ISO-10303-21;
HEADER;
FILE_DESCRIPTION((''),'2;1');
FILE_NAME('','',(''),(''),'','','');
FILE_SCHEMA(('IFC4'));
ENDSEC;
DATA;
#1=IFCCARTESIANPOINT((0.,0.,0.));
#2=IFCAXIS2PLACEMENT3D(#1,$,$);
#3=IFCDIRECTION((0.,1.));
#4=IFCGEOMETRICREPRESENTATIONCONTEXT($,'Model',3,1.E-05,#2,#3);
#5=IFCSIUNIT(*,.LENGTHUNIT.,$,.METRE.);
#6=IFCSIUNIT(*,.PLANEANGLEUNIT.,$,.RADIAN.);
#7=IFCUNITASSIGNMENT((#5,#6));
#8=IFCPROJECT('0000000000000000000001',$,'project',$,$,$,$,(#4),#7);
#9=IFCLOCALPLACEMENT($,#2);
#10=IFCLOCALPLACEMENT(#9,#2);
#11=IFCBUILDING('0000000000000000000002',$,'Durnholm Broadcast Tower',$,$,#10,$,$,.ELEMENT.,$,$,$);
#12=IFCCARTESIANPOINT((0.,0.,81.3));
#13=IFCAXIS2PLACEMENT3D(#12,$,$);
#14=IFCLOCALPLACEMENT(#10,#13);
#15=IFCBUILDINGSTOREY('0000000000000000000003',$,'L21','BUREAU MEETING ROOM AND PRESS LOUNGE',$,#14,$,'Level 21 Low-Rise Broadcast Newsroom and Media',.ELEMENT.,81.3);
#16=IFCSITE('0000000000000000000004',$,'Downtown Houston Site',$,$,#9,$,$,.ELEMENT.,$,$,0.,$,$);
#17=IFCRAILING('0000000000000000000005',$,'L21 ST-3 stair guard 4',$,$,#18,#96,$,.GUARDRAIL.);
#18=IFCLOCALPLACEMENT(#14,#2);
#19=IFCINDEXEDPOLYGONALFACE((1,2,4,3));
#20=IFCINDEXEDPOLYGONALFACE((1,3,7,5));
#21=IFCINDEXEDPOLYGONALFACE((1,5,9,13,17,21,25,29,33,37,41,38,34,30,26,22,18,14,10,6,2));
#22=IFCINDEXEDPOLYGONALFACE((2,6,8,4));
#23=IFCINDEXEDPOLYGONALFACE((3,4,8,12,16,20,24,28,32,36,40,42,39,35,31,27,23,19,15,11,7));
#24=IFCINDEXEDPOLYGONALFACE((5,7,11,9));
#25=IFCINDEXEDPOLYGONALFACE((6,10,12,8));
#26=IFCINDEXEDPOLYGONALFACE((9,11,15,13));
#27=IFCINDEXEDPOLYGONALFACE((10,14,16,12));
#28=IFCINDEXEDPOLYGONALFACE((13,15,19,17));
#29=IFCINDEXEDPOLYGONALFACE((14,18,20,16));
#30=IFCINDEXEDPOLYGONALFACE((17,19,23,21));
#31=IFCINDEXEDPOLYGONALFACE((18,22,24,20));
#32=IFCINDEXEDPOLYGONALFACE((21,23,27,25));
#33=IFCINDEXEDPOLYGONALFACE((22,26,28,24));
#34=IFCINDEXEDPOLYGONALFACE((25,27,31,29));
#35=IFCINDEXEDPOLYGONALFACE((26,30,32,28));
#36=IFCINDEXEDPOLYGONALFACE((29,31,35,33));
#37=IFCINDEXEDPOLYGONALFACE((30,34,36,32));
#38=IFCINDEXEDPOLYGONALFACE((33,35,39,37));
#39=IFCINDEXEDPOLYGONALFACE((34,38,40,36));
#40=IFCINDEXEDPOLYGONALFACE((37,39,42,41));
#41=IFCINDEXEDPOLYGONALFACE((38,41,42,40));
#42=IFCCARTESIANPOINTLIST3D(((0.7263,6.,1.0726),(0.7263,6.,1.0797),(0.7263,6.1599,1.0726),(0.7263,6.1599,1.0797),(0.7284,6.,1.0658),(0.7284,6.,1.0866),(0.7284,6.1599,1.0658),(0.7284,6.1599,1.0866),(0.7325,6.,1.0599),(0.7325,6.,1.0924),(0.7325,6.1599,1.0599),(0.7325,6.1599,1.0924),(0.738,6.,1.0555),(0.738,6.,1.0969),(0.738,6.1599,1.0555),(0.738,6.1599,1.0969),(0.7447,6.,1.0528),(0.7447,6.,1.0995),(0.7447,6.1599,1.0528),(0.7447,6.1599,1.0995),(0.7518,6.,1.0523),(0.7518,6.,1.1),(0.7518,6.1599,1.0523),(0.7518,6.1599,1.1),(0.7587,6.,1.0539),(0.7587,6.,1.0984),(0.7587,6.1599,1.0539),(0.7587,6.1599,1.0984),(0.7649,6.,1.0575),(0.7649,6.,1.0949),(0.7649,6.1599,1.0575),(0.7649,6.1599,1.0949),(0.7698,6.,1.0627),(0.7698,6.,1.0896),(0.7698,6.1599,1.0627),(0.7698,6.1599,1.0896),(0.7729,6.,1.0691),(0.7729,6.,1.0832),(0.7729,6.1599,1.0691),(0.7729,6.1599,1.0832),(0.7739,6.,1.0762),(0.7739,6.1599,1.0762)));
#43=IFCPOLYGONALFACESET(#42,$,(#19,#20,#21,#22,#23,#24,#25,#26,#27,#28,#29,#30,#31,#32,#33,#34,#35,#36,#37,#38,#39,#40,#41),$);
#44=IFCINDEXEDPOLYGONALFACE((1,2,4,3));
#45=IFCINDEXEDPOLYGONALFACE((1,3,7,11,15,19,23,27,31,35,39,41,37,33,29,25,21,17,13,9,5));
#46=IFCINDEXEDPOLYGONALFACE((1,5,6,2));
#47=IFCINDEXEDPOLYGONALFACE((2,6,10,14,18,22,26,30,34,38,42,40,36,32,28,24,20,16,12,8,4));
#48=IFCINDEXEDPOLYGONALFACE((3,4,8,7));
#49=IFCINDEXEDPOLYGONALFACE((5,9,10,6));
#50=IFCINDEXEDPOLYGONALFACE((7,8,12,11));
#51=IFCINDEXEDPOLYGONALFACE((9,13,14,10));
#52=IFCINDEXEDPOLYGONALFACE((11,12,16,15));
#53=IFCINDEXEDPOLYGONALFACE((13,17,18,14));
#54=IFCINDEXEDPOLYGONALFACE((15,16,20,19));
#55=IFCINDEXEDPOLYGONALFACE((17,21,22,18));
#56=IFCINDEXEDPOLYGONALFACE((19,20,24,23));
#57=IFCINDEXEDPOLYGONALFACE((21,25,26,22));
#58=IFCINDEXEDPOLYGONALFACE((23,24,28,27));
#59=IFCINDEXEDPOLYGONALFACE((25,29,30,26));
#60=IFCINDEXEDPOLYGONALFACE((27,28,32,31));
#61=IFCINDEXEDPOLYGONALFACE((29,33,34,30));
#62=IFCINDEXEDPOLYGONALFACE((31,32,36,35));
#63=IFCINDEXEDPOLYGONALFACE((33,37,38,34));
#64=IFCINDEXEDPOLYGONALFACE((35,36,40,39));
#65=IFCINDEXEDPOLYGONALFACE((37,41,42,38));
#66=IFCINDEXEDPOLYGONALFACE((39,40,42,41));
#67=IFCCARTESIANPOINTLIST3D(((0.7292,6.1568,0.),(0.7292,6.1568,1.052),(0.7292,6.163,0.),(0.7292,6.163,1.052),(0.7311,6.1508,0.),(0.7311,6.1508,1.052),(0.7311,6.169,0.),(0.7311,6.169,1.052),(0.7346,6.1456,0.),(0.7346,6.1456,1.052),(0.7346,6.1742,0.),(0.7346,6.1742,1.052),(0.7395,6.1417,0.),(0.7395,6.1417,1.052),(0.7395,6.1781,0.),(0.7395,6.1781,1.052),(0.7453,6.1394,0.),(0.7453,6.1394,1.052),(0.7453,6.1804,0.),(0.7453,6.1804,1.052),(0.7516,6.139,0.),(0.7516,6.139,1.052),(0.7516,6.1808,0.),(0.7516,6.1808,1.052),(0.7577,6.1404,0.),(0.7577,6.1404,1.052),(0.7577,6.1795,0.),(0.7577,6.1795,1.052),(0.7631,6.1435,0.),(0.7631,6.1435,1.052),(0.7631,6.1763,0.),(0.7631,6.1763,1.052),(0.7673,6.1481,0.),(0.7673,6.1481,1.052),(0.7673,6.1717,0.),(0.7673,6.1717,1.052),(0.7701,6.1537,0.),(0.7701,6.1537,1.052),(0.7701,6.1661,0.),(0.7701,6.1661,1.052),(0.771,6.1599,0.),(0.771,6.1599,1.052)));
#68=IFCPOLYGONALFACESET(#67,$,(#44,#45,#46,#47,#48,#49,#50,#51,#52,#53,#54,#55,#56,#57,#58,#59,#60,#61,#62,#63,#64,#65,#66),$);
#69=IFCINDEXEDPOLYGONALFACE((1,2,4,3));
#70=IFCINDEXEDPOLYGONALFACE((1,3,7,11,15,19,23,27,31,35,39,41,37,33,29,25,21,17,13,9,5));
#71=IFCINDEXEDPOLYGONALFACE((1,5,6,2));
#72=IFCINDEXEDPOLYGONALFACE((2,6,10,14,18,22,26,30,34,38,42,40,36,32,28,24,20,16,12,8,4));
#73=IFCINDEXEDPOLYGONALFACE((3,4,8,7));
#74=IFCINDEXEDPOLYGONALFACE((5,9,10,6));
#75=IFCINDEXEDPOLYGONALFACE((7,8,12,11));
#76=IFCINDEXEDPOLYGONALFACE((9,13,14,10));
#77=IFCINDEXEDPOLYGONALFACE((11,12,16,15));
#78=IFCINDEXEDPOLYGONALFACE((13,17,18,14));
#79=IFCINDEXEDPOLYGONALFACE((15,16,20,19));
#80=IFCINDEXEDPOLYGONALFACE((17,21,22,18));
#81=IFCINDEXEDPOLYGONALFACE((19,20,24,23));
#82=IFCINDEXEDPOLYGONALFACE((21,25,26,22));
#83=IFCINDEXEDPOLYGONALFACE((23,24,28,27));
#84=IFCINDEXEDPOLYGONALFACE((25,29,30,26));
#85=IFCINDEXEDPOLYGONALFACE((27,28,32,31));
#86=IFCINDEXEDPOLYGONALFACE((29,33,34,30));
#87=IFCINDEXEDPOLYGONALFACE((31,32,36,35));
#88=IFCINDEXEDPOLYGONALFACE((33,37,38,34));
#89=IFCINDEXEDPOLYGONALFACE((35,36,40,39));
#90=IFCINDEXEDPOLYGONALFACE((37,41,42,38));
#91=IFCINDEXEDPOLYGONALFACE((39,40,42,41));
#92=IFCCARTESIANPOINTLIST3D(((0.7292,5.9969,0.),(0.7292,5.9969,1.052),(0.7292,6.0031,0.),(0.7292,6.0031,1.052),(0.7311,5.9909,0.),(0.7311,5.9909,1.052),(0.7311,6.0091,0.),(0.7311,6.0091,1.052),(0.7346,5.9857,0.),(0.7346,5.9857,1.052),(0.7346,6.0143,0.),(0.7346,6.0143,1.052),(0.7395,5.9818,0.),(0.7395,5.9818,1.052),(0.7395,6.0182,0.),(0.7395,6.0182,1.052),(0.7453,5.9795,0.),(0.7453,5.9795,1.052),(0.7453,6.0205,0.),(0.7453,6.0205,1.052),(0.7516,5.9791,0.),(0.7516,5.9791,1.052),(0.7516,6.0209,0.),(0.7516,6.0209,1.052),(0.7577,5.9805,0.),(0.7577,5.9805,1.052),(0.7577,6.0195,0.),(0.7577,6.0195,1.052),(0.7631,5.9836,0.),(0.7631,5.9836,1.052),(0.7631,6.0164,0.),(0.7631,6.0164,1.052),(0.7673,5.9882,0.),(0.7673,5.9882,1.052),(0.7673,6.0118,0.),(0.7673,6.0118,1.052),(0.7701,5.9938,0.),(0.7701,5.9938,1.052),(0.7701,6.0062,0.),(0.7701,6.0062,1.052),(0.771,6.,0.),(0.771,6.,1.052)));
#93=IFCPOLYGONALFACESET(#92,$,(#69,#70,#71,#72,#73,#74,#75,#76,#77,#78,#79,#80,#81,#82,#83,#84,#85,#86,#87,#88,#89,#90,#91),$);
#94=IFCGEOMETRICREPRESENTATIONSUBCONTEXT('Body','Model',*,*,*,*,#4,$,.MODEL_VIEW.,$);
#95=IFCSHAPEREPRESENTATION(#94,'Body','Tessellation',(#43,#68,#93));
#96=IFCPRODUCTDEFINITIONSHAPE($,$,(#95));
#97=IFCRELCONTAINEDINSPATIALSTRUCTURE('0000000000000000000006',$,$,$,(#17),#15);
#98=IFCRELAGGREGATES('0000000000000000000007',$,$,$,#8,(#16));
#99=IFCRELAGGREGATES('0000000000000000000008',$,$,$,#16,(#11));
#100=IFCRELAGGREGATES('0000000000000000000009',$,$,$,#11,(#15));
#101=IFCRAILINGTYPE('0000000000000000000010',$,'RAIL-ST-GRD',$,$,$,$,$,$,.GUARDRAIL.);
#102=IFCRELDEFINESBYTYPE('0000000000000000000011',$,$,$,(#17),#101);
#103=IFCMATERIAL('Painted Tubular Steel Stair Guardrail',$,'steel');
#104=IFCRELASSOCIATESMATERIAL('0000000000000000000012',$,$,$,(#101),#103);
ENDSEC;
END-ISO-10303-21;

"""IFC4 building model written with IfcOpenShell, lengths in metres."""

from ifc_helpers import new_model, si_unit, direction, frame, origin, origin_2d, place, context, subcontext, project, spatial, circle, extrude, material, type_object, element, save


model = new_model("IFC4")

# Units and contexts
model_context = context("Model", 3, precision=1e-05, world=origin(), true_north=direction((0.0, 1.0)))
body_context = subcontext(model_context, "Body", "Model", "MODEL_VIEW")
ifc_project = project(units=[si_unit("LENGTHUNIT", "METRE"), si_unit("PLANEANGLEUNIT", "RADIAN")], contexts=[model_context])

# Site, building, storey
site_placement = place(None, origin())
site = spatial("IfcSite", under=ifc_project, at=site_placement, Name="Downtown Houston Site", CompositionType="ELEMENT", RefElevation=0.0)
building_placement = place(site_placement, origin())
building = spatial("IfcBuilding", under=site, at=building_placement, Name="Durnholm Broadcast Tower", CompositionType="ELEMENT")
storey_placement = place(building_placement, frame((0.0, 0.0, 81.3)))
storey = spatial("IfcBuildingStorey", under=building, at=storey_placement, Name="L21", Description="BUREAU MEETING ROOM AND PRESS LOUNGE", LongName="Level 21 Low-Rise Broadcast Newsroom and Media", CompositionType="ELEMENT", Elevation=81.3)

# Railing
ifc_material_1 = material(Name="Painted Tubular Steel Stair Guardrail", Category="steel")
railing_type_1 = type_object("IfcRailingType", Name="RAIL-ST-GRD", PredefinedType="GUARDRAIL", material=ifc_material_1)
railing_1_placement = place(storey_placement, frame((0.75, 6.1599, 0.0)))
element("IfcRailing", 1, at=railing_1_placement, inside=storey, type_object=railing_type_1, Name="L21 ST-3 stair guard 4", PredefinedType="GUARDRAIL", context=body_context, shape_type="SweptSolid", body=[
    extrude(circle(Radius=0.0239, at=origin_2d()), frame((0.0, 0.0, 1.0762), z_axis=(0.0, -1.0, 0.0), x_axis=(1.0, 0.0, 0.0)), (0.0, 0.0, 1.0), 0.1599),
    extrude(circle(Radius=0.021, at=origin_2d()), origin(), (0.0, 0.0, 1.0), 1.052),
    extrude(circle(Radius=0.021, at=origin_2d()), frame((0.0, -0.1599, 0.0)), (0.0, 0.0, 1.0), 1.052),
])

save(model, "model.ifc")
